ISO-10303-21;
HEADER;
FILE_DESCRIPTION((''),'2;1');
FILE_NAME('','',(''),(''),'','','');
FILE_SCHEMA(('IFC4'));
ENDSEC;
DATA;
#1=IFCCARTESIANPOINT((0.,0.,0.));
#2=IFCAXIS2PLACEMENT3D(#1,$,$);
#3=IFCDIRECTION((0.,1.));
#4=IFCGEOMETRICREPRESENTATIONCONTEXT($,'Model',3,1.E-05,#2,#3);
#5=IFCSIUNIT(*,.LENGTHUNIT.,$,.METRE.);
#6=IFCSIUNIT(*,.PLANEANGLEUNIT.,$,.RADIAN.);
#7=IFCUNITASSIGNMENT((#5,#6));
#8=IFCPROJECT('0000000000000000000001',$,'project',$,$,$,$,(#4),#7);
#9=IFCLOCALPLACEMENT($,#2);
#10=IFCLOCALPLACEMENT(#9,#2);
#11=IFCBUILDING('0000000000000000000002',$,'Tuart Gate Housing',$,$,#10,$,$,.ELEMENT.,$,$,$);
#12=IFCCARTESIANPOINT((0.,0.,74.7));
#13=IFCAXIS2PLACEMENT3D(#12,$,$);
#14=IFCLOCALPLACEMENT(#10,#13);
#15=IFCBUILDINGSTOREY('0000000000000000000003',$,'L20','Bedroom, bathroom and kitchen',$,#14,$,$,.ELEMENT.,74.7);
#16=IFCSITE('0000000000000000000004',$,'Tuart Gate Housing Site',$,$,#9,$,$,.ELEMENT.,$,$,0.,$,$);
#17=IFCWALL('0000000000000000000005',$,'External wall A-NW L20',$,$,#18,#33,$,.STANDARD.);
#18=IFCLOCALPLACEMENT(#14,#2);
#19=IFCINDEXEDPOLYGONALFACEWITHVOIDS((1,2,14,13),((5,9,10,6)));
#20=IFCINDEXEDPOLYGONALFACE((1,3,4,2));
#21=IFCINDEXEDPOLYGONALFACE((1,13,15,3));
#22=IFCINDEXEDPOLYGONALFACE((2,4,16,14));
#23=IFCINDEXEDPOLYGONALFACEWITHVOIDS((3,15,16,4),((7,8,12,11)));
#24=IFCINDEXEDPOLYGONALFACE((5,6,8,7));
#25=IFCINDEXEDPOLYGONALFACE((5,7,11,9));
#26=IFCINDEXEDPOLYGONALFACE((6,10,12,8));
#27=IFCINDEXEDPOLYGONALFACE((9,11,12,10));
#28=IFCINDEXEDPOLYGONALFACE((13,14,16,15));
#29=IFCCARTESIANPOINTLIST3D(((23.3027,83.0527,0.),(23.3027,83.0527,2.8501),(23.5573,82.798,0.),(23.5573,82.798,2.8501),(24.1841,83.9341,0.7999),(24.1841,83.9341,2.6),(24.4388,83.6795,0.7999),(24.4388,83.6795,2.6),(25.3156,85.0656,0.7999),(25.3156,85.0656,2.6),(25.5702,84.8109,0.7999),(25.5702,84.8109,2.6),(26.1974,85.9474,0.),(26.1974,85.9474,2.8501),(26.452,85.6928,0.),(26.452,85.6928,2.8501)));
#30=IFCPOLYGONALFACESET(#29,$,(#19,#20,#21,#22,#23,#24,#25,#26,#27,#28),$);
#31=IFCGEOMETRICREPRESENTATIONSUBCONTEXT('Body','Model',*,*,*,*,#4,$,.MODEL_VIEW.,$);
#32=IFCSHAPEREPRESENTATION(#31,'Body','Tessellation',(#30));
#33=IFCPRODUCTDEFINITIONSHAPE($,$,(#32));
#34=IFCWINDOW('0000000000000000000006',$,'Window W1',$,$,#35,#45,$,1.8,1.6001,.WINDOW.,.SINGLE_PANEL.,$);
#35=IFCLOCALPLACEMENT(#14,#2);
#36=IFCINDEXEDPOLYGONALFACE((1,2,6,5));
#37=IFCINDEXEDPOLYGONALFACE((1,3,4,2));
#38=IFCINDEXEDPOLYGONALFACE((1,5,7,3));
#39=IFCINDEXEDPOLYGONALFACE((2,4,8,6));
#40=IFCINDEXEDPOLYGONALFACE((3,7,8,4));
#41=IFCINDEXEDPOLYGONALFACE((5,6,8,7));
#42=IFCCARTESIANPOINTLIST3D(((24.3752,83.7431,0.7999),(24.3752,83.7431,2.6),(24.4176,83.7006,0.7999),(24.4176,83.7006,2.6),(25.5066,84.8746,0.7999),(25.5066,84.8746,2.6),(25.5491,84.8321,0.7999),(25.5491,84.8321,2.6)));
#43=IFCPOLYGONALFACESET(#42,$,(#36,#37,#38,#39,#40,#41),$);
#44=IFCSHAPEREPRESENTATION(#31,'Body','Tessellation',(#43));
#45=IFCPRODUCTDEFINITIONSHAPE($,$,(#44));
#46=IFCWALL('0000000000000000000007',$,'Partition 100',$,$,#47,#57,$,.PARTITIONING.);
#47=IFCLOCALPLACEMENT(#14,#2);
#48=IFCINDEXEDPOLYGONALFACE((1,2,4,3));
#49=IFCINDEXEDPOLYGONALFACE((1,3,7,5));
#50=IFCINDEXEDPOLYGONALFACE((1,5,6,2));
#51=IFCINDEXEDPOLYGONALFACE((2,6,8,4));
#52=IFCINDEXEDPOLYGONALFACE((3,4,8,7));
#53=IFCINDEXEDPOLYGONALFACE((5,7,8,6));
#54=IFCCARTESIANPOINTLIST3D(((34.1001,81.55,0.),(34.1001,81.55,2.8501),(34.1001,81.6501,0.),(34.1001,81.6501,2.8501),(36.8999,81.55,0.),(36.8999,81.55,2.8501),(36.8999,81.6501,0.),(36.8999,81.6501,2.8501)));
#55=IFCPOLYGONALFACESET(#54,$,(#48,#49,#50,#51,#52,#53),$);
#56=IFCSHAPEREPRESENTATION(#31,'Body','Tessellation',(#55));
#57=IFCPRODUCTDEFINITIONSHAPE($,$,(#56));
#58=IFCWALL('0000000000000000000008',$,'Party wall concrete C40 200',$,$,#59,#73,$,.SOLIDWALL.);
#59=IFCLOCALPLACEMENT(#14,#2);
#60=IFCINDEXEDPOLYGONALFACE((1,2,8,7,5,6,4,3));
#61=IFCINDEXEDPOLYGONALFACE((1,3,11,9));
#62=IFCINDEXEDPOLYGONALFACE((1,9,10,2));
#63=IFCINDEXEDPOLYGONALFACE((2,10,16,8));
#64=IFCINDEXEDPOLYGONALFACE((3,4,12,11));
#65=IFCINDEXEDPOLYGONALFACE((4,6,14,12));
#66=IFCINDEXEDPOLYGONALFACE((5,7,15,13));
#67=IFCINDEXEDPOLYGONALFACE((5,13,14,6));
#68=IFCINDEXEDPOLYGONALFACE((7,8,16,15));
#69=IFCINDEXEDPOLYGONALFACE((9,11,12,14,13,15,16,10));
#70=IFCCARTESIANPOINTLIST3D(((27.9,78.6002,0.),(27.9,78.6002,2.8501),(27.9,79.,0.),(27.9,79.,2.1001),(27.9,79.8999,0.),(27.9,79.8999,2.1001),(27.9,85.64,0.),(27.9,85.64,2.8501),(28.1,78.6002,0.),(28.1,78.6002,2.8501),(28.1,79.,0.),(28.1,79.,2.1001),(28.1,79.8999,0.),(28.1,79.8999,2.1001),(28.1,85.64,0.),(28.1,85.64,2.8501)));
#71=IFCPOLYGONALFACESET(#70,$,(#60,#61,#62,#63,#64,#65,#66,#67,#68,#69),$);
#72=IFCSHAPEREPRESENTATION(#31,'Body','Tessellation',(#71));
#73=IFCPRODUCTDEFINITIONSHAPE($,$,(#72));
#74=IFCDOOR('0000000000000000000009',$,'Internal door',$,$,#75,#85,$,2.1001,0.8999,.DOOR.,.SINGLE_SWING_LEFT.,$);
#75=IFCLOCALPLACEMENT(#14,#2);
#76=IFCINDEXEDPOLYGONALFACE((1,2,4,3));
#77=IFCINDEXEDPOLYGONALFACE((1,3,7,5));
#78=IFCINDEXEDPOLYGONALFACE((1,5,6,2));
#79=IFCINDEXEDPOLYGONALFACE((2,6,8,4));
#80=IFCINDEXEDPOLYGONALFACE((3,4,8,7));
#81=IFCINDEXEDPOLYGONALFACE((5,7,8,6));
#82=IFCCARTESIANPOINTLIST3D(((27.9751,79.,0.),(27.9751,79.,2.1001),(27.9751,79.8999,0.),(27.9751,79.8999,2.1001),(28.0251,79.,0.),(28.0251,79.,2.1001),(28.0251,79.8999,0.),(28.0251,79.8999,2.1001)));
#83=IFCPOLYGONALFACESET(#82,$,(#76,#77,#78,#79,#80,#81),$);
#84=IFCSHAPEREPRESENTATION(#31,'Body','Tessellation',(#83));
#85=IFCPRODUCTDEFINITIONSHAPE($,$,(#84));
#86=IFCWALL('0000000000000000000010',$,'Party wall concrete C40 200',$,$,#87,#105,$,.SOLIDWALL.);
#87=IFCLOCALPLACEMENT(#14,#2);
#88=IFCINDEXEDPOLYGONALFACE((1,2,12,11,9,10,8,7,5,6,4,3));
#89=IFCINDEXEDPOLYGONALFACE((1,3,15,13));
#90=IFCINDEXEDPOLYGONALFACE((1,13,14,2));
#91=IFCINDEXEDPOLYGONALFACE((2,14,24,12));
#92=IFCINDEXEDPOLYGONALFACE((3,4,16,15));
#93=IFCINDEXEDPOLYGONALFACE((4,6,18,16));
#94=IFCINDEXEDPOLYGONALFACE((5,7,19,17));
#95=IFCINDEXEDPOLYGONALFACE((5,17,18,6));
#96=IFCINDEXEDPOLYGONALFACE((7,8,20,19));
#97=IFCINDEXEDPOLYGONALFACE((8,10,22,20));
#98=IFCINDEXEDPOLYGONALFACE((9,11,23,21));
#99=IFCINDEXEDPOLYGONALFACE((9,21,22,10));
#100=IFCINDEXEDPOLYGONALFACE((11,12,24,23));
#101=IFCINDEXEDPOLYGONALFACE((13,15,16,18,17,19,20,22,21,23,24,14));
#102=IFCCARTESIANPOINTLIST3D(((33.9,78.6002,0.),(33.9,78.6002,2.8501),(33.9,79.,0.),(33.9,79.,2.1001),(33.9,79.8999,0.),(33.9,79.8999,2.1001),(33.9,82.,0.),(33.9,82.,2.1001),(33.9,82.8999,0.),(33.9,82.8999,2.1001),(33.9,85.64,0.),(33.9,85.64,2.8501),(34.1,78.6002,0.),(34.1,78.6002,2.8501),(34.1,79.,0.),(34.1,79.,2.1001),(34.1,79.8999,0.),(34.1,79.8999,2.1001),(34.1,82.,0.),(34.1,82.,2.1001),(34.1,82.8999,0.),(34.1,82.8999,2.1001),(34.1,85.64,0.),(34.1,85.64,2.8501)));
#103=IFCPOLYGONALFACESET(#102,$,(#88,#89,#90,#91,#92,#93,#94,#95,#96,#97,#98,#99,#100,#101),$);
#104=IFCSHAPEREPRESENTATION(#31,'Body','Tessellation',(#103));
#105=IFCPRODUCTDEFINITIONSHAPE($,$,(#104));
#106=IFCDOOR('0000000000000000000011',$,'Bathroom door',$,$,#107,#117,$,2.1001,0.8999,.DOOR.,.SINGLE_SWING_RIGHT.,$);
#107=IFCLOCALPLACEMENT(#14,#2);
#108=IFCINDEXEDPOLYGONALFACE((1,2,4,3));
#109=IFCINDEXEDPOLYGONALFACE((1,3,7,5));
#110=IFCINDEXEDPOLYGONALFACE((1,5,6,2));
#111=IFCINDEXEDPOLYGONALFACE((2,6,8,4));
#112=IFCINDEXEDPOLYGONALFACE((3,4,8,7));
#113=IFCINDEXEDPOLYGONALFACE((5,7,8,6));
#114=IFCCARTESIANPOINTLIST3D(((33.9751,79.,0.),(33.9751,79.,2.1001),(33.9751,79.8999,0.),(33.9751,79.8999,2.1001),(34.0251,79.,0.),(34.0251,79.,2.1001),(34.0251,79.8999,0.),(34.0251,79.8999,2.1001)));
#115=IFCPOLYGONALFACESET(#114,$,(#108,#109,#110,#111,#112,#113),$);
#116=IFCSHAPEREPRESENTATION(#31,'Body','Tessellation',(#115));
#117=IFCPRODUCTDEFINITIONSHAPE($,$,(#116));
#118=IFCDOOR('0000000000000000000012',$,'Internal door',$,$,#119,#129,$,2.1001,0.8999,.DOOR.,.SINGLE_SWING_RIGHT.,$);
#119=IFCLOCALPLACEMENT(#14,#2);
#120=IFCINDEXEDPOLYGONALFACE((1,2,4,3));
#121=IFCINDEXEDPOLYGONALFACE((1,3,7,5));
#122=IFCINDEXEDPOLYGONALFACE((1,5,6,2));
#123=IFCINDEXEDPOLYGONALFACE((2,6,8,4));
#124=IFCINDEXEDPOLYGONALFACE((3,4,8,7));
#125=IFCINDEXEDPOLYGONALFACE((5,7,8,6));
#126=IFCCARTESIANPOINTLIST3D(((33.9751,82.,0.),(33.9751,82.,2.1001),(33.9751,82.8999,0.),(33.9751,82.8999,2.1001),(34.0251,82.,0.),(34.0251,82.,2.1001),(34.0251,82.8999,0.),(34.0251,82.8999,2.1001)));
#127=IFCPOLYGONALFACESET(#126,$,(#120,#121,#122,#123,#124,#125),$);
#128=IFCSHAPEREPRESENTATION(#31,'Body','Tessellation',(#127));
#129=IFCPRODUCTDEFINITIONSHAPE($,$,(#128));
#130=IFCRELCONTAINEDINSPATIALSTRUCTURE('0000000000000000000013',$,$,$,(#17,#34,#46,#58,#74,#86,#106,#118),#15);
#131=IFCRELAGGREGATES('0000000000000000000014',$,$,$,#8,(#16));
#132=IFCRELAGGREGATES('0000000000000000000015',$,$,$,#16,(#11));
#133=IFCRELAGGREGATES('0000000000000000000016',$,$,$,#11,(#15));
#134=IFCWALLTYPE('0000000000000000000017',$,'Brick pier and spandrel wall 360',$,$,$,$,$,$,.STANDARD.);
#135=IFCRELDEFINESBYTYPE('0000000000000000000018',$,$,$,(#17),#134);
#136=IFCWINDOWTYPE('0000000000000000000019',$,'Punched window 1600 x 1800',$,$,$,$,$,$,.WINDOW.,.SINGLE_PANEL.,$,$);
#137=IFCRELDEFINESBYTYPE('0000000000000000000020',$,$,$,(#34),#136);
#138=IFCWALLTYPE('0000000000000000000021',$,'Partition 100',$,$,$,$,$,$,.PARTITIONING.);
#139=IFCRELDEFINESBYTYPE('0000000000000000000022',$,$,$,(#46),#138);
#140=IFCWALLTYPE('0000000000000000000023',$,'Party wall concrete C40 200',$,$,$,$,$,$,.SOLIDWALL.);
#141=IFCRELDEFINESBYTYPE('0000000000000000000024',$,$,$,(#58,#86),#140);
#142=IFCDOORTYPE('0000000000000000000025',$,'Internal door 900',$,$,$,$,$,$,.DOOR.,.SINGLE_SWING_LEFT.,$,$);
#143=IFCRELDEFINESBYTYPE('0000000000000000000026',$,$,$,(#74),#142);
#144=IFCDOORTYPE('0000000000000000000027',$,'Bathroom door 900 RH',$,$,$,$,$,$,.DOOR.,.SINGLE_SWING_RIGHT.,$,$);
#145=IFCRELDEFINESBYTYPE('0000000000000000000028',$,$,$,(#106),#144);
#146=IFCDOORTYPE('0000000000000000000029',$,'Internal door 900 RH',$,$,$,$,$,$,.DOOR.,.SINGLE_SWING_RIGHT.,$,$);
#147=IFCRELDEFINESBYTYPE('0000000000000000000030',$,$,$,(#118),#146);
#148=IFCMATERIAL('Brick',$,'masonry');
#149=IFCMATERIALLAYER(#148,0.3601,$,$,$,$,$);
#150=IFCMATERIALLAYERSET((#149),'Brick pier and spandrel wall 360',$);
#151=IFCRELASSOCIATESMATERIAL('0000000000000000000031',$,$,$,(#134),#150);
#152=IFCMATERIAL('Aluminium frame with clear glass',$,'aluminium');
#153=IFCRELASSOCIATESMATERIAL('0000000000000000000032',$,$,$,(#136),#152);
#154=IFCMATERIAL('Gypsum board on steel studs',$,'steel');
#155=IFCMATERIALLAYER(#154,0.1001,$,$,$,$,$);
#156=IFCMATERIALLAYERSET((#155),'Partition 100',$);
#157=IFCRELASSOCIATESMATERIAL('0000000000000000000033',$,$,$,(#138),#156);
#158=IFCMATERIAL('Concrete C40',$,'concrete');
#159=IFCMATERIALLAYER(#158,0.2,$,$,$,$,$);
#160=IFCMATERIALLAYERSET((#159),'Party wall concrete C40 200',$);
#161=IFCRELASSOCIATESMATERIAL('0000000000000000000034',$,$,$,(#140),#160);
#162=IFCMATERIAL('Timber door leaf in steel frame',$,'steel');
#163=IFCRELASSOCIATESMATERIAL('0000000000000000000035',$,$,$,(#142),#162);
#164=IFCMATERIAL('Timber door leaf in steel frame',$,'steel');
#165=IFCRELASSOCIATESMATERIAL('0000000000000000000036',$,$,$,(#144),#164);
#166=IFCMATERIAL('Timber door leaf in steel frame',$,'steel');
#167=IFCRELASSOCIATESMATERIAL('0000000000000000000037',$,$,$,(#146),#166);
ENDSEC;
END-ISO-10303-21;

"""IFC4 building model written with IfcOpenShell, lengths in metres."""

from ifc_helpers import new_model, si_unit, direction, frame, frame_2d, origin, place, context, subcontext, project, spatial, rectangle, extrude, material, layer, layer_set, type_object, element, fill, save


model = new_model("IFC4")

# Units and contexts
model_context = context("Model", 3, precision=1e-05, world=origin(), true_north=direction((0.0, 1.0)))
body_context = subcontext(model_context, "Body", "Model", "MODEL_VIEW")
ifc_project = project(units=[si_unit("LENGTHUNIT", "METRE"), si_unit("PLANEANGLEUNIT", "RADIAN")], contexts=[model_context])

# Site, building, storey
site_placement = place(None, origin())
site = spatial("IfcSite", under=ifc_project, at=site_placement, Name="Tuart Gate Housing Site", CompositionType="ELEMENT", RefElevation=0.0)
building_placement = place(site_placement, origin())
building = spatial("IfcBuilding", under=site, at=building_placement, Name="Tuart Gate Housing", CompositionType="ELEMENT")
storey_placement = place(building_placement, frame((0.0, 0.0, 74.7)))
storey = spatial("IfcBuildingStorey", under=building, at=storey_placement, Name="L20", Description="Bedroom, bathroom and kitchen", CompositionType="ELEMENT", Elevation=74.7)

# Wall, opening, window
ifc_material_1 = material(Name="Brick", Category="masonry")
ifc_layer_1 = layer(ifc_material_1, 0.3601)
ifc_layer_set_1 = layer_set([ifc_layer_1], Name="Brick pier and spandrel wall 360")
wall_type_1 = type_object("IfcWallType", Name="Brick pier and spandrel wall 360", PredefinedType="STANDARD", material=ifc_layer_set_1)
wall_1_placement = place(storey_placement, frame((26.3247, 85.8201, 0.0), z_axis=(0.0, 0.0, 1.0), x_axis=(-0.707107, -0.707107, 0.0)))
wall_1 = element("IfcWall", 1, at=wall_1_placement, inside=storey, type_object=wall_type_1, Name="External wall A-NW L20", PredefinedType="STANDARD", context=body_context, shape_type="SweptSolid", body=[
    extrude(rectangle(XDim=4.0938, YDim=0.3601, at=frame_2d((2.0469, 0.0))), origin(), (0.0, 0.0, 1.0), 2.8501),
])
opening_1_placement = place(wall_1_placement, frame((1.2471, 0.0, 0.8)))
opening_1 = element("IfcOpeningElement", 2, at=opening_1_placement, cuts=wall_1, PredefinedType="OPENING", context=body_context, shape_type="SweptSolid", body=[
    extrude(rectangle(XDim=1.6001, YDim=1.8, at=frame_2d((0.8, 0.8999))), frame((0.0, 0.1899, 0.0), z_axis=(0.0, -1.0, 0.0), x_axis=(1.0, 0.0, 0.0)), (0.0, 0.0, 1.0), 0.3801),
])
ifc_material_2 = material(Name="Aluminium frame with clear glass", Category="aluminium")
window_type = type_object("IfcWindowType", Name="Punched window 1600 x 1800", PartitioningType="SINGLE_PANEL", PredefinedType="WINDOW", material=ifc_material_2)
window_placement = place(opening_1_placement, origin())
window = element("IfcWindow", 3, at=window_placement, inside=storey, type_object=window_type, Name="Window W1", OverallHeight=1.8, OverallWidth=1.6001, PartitioningType="SINGLE_PANEL", PredefinedType="WINDOW", context=body_context, shape_type="SweptSolid", body=[
    extrude(rectangle(XDim=1.6001, YDim=1.8, at=frame_2d((0.8, 0.8999))), frame((0.0, 0.1501, 0.0), z_axis=(0.0, -1.0, 0.0), x_axis=(1.0, 0.0, 0.0)), (0.0, 0.0, 1.0), 0.0601),
])
fill(opening_1, window)

# Wall
ifc_material_3 = material(Name="Gypsum board on steel studs", Category="steel")
ifc_layer_2 = layer(ifc_material_3, 0.1001)
ifc_layer_set_2 = layer_set([ifc_layer_2], Name="Partition 100")
wall_type_2 = type_object("IfcWallType", Name="Partition 100", PredefinedType="PARTITIONING", material=ifc_layer_set_2)
wall_2_placement = place(storey_placement, frame((34.1001, 81.6001, 0.0), z_axis=(0.0, 0.0, 1.0), x_axis=(1.0, 0.0, 0.0)))
element("IfcWall", 4, at=wall_2_placement, inside=storey, type_object=wall_type_2, Name="Partition 100", PredefinedType="PARTITIONING", context=body_context, shape_type="SweptSolid", body=[
    extrude(rectangle(XDim=2.7998, YDim=0.1001, at=frame_2d((1.3999, 0.0))), origin(), (0.0, 0.0, 1.0), 2.8501),
])

# Wall, opening, door
ifc_material_4 = material(Name="Concrete C40", Category="concrete")
ifc_layer_3 = layer(ifc_material_4, 0.2)
ifc_layer_set_3 = layer_set([ifc_layer_3], Name="Party wall concrete C40 200")
wall_type_3 = type_object("IfcWallType", Name="Party wall concrete C40 200", PredefinedType="SOLIDWALL", material=ifc_layer_set_3)
wall_3_placement = place(storey_placement, frame((28.0, 78.6001, 0.0), z_axis=(0.0, 0.0, 1.0), x_axis=(0.0, 1.0, 0.0)))
wall_3 = element("IfcWall", 5, at=wall_3_placement, inside=storey, type_object=wall_type_3, Name="Party wall concrete C40 200", PredefinedType="SOLIDWALL", context=body_context, shape_type="SweptSolid", body=[
    extrude(rectangle(XDim=7.0398, YDim=0.2, at=frame_2d((3.52, 0.0))), origin(), (0.0, 0.0, 1.0), 2.8501),
])
opening_2_placement = place(wall_3_placement, frame((0.3999, 0.0, 0.0)))
opening_2 = element("IfcOpeningElement", 6, at=opening_2_placement, cuts=wall_3, PredefinedType="OPENING", context=body_context, shape_type="SweptSolid", body=[
    extrude(rectangle(XDim=0.8999, YDim=2.1001, at=frame_2d((0.45, 1.05))), frame((0.0, 0.1099, 0.0), z_axis=(0.0, -1.0, 0.0), x_axis=(1.0, 0.0, 0.0)), (0.0, 0.0, 1.0), 0.22),
])
ifc_material_5 = material(Name="Timber door leaf in steel frame", Category="steel")
door_type_1 = type_object("IfcDoorType", Name="Internal door 900", OperationType="SINGLE_SWING_LEFT", PredefinedType="DOOR", material=ifc_material_5)
door_1_placement = place(opening_2_placement, origin())
door_1 = element("IfcDoor", 7, at=door_1_placement, inside=storey, type_object=door_type_1, Name="Internal door", OperationType="SINGLE_SWING_LEFT", OverallHeight=2.1001, OverallWidth=0.8999, PredefinedType="DOOR", context=body_context, shape_type="SweptSolid", body=[
    extrude(rectangle(XDim=0.8999, YDim=2.1001, at=frame_2d((0.45, 1.05))), frame((0.0, 0.0249, 0.0), z_axis=(0.0, -1.0, 0.0), x_axis=(1.0, 0.0, 0.0)), (0.0, 0.0, 1.0), 0.05),
])
fill(opening_2, door_1)

# Wall, openings, doors
wall_4_placement = place(storey_placement, frame((34.0, 78.6001, 0.0), z_axis=(0.0, 0.0, 1.0), x_axis=(0.0, 1.0, 0.0)))
wall_4 = element("IfcWall", 8, at=wall_4_placement, inside=storey, type_object=wall_type_3, Name="Party wall concrete C40 200", PredefinedType="SOLIDWALL", context=body_context, shape_type="SweptSolid", body=[
    extrude(rectangle(XDim=7.0398, YDim=0.2, at=frame_2d((3.52, 0.0))), origin(), (0.0, 0.0, 1.0), 2.8501),
])
opening_3_placement = place(wall_4_placement, frame((3.3999, 0.0, 0.0)))
opening_3 = element("IfcOpeningElement", 9, at=opening_3_placement, cuts=wall_4, PredefinedType="OPENING", context=body_context, shape_type="SweptSolid", body=[
    extrude(rectangle(XDim=0.8999, YDim=2.1001, at=frame_2d((0.45, 1.05))), frame((0.0, 0.1099, 0.0), z_axis=(0.0, -1.0, 0.0), x_axis=(1.0, 0.0, 0.0)), (0.0, 0.0, 1.0), 0.22),
])
opening_4_placement = place(wall_4_placement, frame((0.3999, 0.0, 0.0)))
opening_4 = element("IfcOpeningElement", 10, at=opening_4_placement, cuts=wall_4, PredefinedType="OPENING", context=body_context, shape_type="SweptSolid", body=[
    extrude(rectangle(XDim=0.8999, YDim=2.1001, at=frame_2d((0.45, 1.05))), frame((0.0, 0.1099, 0.0), z_axis=(0.0, -1.0, 0.0), x_axis=(1.0, 0.0, 0.0)), (0.0, 0.0, 1.0), 0.22),
])
ifc_material_6 = material(Name="Timber door leaf in steel frame", Category="steel")
door_type_2 = type_object("IfcDoorType", Name="Bathroom door 900 RH", OperationType="SINGLE_SWING_RIGHT", PredefinedType="DOOR", material=ifc_material_6)
door_2_placement = place(opening_4_placement, frame((0.8999, 0.0, 0.0), z_axis=(0.0, 0.0, 1.0), x_axis=(-1.0, 0.0, 0.0)))
door_2 = element("IfcDoor", 11, at=door_2_placement, inside=storey, type_object=door_type_2, Name="Bathroom door", OperationType="SINGLE_SWING_RIGHT", OverallHeight=2.1001, OverallWidth=0.8999, PredefinedType="DOOR", context=body_context, shape_type="SweptSolid", body=[
    extrude(rectangle(XDim=0.8999, YDim=2.1001, at=frame_2d((0.45, 1.05))), frame((0.0, 0.0251, 0.0), z_axis=(0.0, -1.0, 0.0), x_axis=(1.0, 0.0, 0.0)), (0.0, 0.0, 1.0), 0.05),
])
fill(opening_4, door_2)
ifc_material_7 = material(Name="Timber door leaf in steel frame", Category="steel")
door_type_3 = type_object("IfcDoorType", Name="Internal door 900 RH", OperationType="SINGLE_SWING_RIGHT", PredefinedType="DOOR", material=ifc_material_7)
door_3_placement = place(opening_3_placement, frame((0.8999, 0.0, 0.0), z_axis=(0.0, 0.0, 1.0), x_axis=(-1.0, 0.0, 0.0)))
door_3 = element("IfcDoor", 12, at=door_3_placement, inside=storey, type_object=door_type_3, Name="Internal door", OperationType="SINGLE_SWING_RIGHT", OverallHeight=2.1001, OverallWidth=0.8999, PredefinedType="DOOR", context=body_context, shape_type="SweptSolid", body=[
    extrude(rectangle(XDim=0.8999, YDim=2.1001, at=frame_2d((0.45, 1.05))), frame((0.0, 0.0251, 0.0), z_axis=(0.0, -1.0, 0.0), x_axis=(1.0, 0.0, 0.0)), (0.0, 0.0, 1.0), 0.05),
])
fill(opening_3, door_3)

save(model, "model.ifc")
